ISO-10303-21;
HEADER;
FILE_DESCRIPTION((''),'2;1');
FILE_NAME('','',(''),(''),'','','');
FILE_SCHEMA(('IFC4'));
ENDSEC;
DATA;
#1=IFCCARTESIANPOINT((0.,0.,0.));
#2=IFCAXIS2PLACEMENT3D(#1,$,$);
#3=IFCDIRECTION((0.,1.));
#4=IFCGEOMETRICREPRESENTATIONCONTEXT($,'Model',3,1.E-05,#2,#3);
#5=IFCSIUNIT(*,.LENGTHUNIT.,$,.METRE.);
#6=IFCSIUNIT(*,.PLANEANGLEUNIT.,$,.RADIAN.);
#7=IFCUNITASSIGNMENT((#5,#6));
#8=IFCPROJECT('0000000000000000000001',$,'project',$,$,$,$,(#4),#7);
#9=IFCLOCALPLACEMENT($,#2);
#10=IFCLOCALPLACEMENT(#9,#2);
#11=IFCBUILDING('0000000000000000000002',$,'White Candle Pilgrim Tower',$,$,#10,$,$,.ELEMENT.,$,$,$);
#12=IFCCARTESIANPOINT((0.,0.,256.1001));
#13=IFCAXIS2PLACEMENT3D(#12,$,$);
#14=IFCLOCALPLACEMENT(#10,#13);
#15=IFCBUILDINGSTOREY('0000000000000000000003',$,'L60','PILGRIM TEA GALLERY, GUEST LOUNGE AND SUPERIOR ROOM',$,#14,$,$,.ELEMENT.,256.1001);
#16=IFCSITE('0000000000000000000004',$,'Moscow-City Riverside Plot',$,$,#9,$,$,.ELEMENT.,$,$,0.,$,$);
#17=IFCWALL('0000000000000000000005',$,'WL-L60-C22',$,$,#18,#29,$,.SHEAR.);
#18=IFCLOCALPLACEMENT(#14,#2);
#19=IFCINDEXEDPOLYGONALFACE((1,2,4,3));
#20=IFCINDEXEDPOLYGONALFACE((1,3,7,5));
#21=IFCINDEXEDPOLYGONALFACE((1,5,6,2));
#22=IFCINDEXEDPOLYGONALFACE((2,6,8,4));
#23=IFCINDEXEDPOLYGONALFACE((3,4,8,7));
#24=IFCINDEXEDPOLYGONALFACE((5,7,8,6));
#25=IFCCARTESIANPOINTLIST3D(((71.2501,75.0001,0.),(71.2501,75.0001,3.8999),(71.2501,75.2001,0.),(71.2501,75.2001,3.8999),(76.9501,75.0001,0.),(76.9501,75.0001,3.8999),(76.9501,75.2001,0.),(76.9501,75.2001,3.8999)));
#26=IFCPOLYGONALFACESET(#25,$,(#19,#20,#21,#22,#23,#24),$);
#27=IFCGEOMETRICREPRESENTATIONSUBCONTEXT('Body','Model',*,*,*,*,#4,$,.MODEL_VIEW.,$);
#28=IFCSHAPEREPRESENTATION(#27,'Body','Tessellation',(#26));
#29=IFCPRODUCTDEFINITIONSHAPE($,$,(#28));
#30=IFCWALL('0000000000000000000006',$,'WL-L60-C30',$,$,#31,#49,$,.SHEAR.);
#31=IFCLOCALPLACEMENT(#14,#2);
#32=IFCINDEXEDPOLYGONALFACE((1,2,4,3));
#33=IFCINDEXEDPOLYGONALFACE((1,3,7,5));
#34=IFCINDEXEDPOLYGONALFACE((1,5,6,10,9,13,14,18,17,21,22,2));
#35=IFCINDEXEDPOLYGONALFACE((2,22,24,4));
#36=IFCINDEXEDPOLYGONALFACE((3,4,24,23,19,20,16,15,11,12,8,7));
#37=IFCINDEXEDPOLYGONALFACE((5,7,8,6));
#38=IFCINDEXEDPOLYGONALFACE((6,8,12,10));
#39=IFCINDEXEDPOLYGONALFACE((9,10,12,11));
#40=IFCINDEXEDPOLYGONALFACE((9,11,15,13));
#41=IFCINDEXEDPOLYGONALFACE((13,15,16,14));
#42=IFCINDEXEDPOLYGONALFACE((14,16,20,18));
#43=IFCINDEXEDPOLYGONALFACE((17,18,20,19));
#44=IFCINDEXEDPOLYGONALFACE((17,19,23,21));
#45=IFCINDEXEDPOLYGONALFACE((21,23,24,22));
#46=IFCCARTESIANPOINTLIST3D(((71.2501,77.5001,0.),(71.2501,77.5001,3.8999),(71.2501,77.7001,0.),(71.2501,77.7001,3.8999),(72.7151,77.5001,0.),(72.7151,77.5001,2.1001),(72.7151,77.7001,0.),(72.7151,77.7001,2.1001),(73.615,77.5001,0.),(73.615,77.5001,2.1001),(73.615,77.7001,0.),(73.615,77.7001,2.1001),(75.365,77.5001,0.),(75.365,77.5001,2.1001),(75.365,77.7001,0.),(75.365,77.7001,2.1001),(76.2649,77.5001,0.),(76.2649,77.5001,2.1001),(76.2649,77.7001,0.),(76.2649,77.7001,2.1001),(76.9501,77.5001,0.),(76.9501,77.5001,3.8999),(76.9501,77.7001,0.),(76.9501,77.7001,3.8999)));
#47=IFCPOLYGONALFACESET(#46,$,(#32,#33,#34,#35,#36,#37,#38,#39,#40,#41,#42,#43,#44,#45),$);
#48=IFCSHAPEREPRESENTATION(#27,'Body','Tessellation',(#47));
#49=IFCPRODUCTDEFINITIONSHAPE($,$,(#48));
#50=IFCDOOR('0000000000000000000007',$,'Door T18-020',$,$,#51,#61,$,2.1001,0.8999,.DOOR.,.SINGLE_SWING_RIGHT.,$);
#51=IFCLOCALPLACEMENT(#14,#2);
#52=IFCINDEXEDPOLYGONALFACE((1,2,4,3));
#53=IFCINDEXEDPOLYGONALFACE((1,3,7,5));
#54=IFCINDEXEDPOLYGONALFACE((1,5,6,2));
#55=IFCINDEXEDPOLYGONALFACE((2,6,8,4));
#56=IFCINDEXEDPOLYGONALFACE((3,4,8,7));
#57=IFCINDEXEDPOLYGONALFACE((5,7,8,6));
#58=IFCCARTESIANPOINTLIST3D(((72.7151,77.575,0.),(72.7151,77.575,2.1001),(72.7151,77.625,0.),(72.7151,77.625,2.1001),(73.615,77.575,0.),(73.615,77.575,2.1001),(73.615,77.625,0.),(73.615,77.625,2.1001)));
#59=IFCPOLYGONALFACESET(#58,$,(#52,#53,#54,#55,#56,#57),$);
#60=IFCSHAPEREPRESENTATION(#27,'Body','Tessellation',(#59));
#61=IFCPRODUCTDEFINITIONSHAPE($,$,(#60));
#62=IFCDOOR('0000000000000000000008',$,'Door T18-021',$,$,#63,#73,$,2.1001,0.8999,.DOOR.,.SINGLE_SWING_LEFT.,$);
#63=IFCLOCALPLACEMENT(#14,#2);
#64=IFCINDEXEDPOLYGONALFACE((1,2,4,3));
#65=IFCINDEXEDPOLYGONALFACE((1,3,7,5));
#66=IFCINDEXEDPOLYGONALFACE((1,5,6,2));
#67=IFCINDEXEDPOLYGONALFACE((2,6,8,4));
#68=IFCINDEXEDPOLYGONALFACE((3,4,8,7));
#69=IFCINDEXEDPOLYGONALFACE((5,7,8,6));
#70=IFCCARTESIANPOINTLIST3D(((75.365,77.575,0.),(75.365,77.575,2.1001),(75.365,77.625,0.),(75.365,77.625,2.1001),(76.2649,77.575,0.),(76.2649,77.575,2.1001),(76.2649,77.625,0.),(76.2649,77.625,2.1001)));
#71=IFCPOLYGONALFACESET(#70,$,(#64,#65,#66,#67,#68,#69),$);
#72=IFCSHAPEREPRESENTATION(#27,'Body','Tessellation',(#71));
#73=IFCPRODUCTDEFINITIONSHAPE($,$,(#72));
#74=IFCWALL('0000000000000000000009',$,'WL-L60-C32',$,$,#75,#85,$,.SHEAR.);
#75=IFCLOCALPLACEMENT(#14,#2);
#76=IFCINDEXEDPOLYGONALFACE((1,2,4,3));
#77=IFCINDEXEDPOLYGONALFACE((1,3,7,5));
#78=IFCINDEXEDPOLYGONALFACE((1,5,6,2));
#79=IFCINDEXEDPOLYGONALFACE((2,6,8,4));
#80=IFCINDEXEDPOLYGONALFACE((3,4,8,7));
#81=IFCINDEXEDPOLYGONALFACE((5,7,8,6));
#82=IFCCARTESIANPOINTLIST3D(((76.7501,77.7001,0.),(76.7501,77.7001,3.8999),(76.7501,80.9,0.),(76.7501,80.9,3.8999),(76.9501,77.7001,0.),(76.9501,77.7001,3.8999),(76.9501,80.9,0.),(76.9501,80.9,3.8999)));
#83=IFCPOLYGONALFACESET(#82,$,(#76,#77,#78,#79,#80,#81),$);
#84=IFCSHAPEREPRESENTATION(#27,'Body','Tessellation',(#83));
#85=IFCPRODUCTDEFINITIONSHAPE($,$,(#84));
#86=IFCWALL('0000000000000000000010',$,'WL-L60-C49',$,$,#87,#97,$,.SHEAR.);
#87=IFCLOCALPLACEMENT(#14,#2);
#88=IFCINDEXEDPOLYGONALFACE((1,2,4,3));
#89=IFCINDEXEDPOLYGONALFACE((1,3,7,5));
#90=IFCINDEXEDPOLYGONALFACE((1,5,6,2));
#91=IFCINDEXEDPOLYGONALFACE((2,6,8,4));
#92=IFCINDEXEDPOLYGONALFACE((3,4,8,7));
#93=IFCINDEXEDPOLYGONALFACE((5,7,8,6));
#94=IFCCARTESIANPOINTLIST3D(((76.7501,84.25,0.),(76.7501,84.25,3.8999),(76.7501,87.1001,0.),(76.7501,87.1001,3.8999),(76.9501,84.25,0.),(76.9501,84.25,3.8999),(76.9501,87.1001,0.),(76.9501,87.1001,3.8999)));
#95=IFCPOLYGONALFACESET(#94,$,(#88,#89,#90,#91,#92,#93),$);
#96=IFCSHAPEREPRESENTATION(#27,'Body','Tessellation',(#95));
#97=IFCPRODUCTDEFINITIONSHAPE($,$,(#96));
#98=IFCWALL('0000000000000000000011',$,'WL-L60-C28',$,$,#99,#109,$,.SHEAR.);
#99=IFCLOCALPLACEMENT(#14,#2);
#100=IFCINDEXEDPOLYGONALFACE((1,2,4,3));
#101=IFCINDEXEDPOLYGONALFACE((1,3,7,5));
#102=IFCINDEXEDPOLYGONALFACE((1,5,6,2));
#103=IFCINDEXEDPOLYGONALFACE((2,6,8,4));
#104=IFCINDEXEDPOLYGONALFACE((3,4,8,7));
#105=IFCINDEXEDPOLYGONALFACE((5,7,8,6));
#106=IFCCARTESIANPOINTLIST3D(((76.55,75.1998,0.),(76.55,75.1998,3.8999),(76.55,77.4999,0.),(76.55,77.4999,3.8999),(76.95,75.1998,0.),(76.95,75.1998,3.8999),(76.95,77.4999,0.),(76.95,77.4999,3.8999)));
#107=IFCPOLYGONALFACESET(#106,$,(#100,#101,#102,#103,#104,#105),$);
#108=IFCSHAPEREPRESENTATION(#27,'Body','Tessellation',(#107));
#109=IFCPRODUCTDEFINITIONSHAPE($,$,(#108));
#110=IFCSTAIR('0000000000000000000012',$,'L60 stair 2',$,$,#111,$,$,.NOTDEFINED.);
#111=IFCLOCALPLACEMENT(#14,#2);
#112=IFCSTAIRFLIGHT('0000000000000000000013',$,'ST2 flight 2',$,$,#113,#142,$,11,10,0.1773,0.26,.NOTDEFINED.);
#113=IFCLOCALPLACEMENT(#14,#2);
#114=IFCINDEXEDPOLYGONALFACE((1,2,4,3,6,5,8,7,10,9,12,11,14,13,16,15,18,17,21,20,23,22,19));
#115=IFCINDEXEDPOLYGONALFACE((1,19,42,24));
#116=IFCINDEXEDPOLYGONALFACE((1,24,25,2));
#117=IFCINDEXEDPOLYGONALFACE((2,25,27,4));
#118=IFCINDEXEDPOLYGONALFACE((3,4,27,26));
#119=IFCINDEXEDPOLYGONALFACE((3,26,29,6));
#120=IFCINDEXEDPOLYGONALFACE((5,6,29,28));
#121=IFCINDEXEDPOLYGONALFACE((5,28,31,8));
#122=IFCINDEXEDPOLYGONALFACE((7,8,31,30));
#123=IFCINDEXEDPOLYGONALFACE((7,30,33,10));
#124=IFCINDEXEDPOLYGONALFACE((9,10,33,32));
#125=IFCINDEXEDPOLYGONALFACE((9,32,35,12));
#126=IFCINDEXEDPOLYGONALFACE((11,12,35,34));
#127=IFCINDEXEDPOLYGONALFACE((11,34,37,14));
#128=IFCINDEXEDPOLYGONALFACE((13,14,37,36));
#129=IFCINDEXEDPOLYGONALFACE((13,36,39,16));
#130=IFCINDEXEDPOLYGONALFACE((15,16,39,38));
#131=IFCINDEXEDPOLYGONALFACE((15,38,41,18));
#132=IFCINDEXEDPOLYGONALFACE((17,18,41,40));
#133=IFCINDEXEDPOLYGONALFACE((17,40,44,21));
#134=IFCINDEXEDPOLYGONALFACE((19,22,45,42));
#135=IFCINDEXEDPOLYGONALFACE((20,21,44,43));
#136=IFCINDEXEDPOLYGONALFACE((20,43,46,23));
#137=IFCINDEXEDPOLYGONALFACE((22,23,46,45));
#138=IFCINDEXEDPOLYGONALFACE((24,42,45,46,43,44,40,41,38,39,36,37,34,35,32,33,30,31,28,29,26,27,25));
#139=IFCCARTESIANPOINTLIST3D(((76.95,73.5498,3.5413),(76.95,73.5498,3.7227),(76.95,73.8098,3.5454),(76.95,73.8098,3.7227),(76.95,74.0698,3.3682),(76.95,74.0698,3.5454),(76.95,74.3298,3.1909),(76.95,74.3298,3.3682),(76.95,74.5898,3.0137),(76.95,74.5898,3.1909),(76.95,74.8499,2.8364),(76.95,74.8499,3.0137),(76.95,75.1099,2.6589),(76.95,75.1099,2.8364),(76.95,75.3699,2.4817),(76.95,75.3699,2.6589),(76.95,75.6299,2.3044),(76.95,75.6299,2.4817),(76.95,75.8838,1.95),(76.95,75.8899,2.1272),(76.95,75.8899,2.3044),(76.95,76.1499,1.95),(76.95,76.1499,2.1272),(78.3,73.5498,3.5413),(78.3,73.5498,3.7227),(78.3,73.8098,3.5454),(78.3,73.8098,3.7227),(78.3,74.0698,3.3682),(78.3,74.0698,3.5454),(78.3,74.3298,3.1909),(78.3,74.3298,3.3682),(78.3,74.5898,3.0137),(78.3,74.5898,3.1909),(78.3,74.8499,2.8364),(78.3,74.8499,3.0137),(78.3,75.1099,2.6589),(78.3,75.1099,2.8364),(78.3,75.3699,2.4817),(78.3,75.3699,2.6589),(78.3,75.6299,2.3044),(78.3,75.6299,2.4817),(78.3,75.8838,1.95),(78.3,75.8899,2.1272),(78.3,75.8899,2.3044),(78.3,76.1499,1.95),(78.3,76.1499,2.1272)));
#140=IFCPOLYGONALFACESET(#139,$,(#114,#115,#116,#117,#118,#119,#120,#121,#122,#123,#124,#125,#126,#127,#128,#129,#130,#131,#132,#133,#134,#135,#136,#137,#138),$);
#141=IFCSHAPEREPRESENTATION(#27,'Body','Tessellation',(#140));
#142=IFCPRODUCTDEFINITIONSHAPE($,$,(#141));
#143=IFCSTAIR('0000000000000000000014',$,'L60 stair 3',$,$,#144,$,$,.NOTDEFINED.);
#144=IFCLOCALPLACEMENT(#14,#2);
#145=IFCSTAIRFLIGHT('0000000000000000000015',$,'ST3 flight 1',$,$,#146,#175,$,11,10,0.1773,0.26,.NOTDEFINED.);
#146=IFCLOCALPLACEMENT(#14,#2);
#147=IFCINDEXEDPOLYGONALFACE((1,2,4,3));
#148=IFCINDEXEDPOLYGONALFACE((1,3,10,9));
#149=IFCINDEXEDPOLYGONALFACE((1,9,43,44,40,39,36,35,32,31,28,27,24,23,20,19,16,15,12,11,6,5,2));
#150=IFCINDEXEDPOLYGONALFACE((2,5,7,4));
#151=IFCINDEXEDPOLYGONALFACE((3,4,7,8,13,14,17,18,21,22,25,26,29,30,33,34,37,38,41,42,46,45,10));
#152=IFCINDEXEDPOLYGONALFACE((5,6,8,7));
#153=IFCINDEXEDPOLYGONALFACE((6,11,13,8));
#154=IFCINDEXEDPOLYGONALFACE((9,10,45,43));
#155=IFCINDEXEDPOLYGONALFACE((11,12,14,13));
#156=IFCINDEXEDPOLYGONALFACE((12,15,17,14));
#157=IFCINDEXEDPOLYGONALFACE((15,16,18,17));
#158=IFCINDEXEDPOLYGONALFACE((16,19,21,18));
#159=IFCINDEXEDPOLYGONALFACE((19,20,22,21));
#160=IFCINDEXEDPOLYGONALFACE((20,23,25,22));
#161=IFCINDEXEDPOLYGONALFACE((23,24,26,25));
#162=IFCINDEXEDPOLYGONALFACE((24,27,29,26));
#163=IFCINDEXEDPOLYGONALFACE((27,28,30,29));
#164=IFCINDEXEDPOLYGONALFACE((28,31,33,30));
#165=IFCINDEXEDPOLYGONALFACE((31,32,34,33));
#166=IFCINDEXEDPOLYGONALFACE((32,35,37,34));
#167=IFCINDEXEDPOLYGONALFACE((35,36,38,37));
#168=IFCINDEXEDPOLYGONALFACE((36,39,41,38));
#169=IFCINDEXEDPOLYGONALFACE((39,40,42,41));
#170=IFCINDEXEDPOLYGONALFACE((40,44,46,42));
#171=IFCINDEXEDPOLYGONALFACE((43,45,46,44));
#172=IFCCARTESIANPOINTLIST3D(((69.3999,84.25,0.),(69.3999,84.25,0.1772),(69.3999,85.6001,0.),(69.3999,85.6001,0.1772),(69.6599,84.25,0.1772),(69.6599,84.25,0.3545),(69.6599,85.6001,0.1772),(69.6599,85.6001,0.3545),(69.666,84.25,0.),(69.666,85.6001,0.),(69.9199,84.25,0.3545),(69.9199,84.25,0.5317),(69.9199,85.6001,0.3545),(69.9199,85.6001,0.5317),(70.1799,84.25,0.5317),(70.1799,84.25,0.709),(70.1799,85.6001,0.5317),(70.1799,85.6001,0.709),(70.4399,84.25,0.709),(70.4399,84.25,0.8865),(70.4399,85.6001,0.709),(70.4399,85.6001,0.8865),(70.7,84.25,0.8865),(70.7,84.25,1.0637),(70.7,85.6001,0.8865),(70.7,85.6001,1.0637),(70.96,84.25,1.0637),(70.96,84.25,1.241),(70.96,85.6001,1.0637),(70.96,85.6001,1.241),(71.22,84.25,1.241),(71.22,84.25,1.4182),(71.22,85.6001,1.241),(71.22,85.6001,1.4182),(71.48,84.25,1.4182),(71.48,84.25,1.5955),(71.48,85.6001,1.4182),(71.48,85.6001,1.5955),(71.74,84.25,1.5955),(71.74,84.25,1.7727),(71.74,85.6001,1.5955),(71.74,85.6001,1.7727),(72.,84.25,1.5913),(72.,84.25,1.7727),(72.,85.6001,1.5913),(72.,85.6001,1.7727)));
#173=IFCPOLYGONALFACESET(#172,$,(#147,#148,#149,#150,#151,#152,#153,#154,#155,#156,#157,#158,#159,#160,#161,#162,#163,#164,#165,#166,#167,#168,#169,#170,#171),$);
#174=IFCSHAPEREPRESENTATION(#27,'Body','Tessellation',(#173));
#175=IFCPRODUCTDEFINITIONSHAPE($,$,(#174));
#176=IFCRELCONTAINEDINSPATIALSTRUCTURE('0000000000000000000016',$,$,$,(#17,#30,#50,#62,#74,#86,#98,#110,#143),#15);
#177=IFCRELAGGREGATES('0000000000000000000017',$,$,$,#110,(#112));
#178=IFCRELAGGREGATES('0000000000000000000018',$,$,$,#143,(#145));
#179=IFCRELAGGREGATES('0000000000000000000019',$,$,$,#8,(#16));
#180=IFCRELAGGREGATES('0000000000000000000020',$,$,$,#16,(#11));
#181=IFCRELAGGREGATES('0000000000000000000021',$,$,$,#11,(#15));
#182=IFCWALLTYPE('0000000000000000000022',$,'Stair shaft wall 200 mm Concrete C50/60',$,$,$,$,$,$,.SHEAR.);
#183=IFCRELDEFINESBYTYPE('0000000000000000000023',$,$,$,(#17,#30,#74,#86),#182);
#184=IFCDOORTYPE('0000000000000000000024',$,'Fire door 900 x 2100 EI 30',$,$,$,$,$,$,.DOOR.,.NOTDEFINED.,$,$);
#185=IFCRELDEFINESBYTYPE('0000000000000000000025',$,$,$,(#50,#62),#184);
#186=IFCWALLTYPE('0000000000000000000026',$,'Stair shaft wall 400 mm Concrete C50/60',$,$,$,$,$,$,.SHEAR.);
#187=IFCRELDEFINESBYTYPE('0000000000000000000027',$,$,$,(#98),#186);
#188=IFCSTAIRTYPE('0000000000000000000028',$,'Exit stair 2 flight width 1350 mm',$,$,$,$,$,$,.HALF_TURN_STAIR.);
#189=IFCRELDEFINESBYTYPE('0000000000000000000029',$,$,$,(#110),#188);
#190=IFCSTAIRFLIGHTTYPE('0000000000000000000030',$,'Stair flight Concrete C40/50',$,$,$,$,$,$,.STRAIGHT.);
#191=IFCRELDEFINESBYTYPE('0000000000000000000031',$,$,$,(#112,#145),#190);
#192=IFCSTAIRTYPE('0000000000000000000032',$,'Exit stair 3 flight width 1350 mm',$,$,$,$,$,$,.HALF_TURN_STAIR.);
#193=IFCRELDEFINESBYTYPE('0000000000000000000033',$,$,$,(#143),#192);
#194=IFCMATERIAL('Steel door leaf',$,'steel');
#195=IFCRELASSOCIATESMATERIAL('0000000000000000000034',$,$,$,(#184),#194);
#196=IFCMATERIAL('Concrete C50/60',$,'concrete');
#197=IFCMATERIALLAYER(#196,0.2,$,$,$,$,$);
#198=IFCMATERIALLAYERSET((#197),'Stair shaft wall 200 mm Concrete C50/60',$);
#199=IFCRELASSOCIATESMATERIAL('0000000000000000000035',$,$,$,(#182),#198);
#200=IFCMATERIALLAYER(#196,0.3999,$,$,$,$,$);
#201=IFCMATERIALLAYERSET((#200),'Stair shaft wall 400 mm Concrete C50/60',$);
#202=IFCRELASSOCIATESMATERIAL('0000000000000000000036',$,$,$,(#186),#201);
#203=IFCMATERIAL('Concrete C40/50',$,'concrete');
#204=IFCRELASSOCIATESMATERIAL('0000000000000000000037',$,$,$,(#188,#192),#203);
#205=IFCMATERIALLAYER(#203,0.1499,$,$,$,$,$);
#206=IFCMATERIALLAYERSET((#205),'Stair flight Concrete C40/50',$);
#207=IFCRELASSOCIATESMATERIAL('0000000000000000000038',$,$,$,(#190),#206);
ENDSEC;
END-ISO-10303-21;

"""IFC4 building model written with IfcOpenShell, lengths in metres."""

from ifc_helpers import new_model, si_unit, direction, frame, frame_2d, origin, place, context, subcontext, project, spatial, polyline, rectangle, outline, extrude, material, layer, layer_set, type_object, element, fill, aggregate, save


model = new_model("IFC4")

# Units and contexts
model_context = context("Model", 3, precision=1e-05, world=origin(), true_north=direction((0.0, 1.0)))
body_context = subcontext(model_context, "Body", "Model", "MODEL_VIEW")
ifc_project = project(units=[si_unit("LENGTHUNIT", "METRE"), si_unit("PLANEANGLEUNIT", "RADIAN")], contexts=[model_context])

# Site, building, storey
site_placement = place(None, origin())
site = spatial("IfcSite", under=ifc_project, at=site_placement, Name="Moscow-City Riverside Plot", CompositionType="ELEMENT", RefElevation=0.0)
building_placement = place(site_placement, origin())
building = spatial("IfcBuilding", under=site, at=building_placement, Name="White Candle Pilgrim Tower", CompositionType="ELEMENT")
storey_placement = place(building_placement, frame((0.0, 0.0, 256.1001)))
storey = spatial("IfcBuildingStorey", under=building, at=storey_placement, Name="L60", Description="PILGRIM TEA GALLERY, GUEST LOUNGE AND SUPERIOR ROOM", CompositionType="ELEMENT", Elevation=256.1001)

# Shared definitions
ifc_material_1 = material(Name="Concrete C50/60", Category="concrete")

# Shared definitions
ifc_material_2 = material(Name="Steel door leaf", Category="steel")
door_type = type_object("IfcDoorType", Name="Fire door 900 x 2100 EI 30", OperationType="NOTDEFINED", PredefinedType="DOOR", material=ifc_material_2)

# Wall
ifc_layer_1 = layer(ifc_material_1, 0.2)
ifc_layer_set_1 = layer_set([ifc_layer_1], Name="Stair shaft wall 200 mm Concrete C50/60")
wall_type_1 = type_object("IfcWallType", Name="Stair shaft wall 200 mm Concrete C50/60", PredefinedType="SHEAR", material=ifc_layer_set_1)
wall_1_placement = place(storey_placement, frame((71.25, 75.1001, 0.0), z_axis=(0.0, 0.0, 1.0), x_axis=(1.0, 0.0, 0.0)))
element("IfcWall", 1, at=wall_1_placement, inside=storey, type_object=wall_type_1, Name="WL-L60-C22", PredefinedType="SHEAR", context=body_context, shape_type="SweptSolid", body=[
    extrude(rectangle(XDim=5.7, YDim=0.2, at=frame_2d((2.8501, 0.0))), origin(), (0.0, 0.0, 1.0), 3.8999),
])

# Wall, openings, doors
wall_2_placement = place(storey_placement, frame((71.25, 77.6001, 0.0), z_axis=(0.0, 0.0, 1.0), x_axis=(1.0, 0.0, 0.0)))
wall_2 = element("IfcWall", 2, at=wall_2_placement, inside=storey, type_object=wall_type_1, Name="WL-L60-C30", PredefinedType="SHEAR", context=body_context, shape_type="SweptSolid", body=[
    extrude(rectangle(XDim=5.7, YDim=0.2, at=frame_2d((2.8501, 0.0))), origin(), (0.0, 0.0, 1.0), 3.8999),
])
opening_1_placement = place(wall_2_placement, frame((1.4651, 0.0, 0.0)))
opening_1 = element("IfcOpeningElement", 3, at=opening_1_placement, cuts=wall_2, PredefinedType="OPENING", context=body_context, shape_type="SweptSolid", body=[
    extrude(rectangle(XDim=0.8999, YDim=2.1001, at=frame_2d((0.45, 1.05))), frame((0.0, 0.1099, 0.0), z_axis=(0.0, -1.0, 0.0), x_axis=(1.0, 0.0, 0.0)), (0.0, 0.0, 1.0), 0.22),
])
opening_2_placement = place(wall_2_placement, frame((4.115, 0.0, 0.0)))
opening_2 = element("IfcOpeningElement", 4, at=opening_2_placement, cuts=wall_2, PredefinedType="OPENING", context=body_context, shape_type="SweptSolid", body=[
    extrude(rectangle(XDim=0.8999, YDim=2.1001, at=frame_2d((0.45, 1.05))), frame((0.0, 0.1099, 0.0), z_axis=(0.0, -1.0, 0.0), x_axis=(1.0, 0.0, 0.0)), (0.0, 0.0, 1.0), 0.22),
])
door_1_placement = place(opening_1_placement, origin())
door_1 = element("IfcDoor", 5, at=door_1_placement, inside=storey, type_object=door_type, Name="Door T18-020", OperationType="SINGLE_SWING_RIGHT", OverallHeight=2.1001, OverallWidth=0.8999, PredefinedType="DOOR", context=body_context, shape_type="SweptSolid", body=[
    extrude(rectangle(XDim=0.8999, YDim=2.1001, at=frame_2d((0.45, 1.05))), frame((0.0, 0.0249, 0.0), z_axis=(0.0, -1.0, 0.0), x_axis=(1.0, 0.0, 0.0)), (0.0, 0.0, 1.0), 0.05),
])
fill(opening_1, door_1)
door_2_placement = place(opening_2_placement, origin())
door_2 = element("IfcDoor", 6, at=door_2_placement, inside=storey, type_object=door_type, Name="Door T18-021", OperationType="SINGLE_SWING_LEFT", OverallHeight=2.1001, OverallWidth=0.8999, PredefinedType="DOOR", context=body_context, shape_type="SweptSolid", body=[
    extrude(rectangle(XDim=0.8999, YDim=2.1001, at=frame_2d((0.45, 1.05))), frame((0.0, 0.0249, 0.0), z_axis=(0.0, -1.0, 0.0), x_axis=(1.0, 0.0, 0.0)), (0.0, 0.0, 1.0), 0.05),
])
fill(opening_2, door_2)

# Walls
wall_3_placement = place(storey_placement, frame((76.8501, 77.7, 0.0), z_axis=(0.0, 0.0, 1.0), x_axis=(0.0, 1.0, 0.0)))
element("IfcWall", 7, at=wall_3_placement, inside=storey, type_object=wall_type_1, Name="WL-L60-C32", PredefinedType="SHEAR", context=body_context, shape_type="SweptSolid", body=[
    extrude(rectangle(XDim=3.2, YDim=0.2, at=frame_2d((1.6001, 0.0))), origin(), (0.0, 0.0, 1.0), 3.8999),
])
wall_4_placement = place(storey_placement, frame((76.8501, 84.25, 0.0), z_axis=(0.0, 0.0, 1.0), x_axis=(0.0, 1.0, 0.0)))
element("IfcWall", 8, at=wall_4_placement, inside=storey, type_object=wall_type_1, Name="WL-L60-C49", PredefinedType="SHEAR", context=body_context, shape_type="SweptSolid", body=[
    extrude(rectangle(XDim=2.8501, YDim=0.2, at=frame_2d((1.425, 0.0))), origin(), (0.0, 0.0, 1.0), 3.8999),
])
ifc_layer_2 = layer(ifc_material_1, 0.3999)
ifc_layer_set_2 = layer_set([ifc_layer_2], Name="Stair shaft wall 400 mm Concrete C50/60")
wall_type_2 = type_object("IfcWallType", Name="Stair shaft wall 400 mm Concrete C50/60", PredefinedType="SHEAR", material=ifc_layer_set_2)
wall_5_placement = place(storey_placement, frame((76.75, 75.2, 0.0), z_axis=(0.0, 0.0, 1.0), x_axis=(0.0, 1.0, 0.0)))
element("IfcWall", 9, at=wall_5_placement, inside=storey, type_object=wall_type_2, Name="WL-L60-C28", PredefinedType="SHEAR", context=body_context, shape_type="SweptSolid", body=[
    extrude(rectangle(XDim=2.3, YDim=0.3999, at=frame_2d((1.1499, 0.0))), origin(), (0.0, 0.0, 1.0), 3.8999),
])

# Stair, stair flight
ifc_material_3 = material(Name="Concrete C40/50", Category="concrete")
stair_type_1 = type_object("IfcStairType", Name="Exit stair 2 flight width 1350 mm", PredefinedType="HALF_TURN_STAIR", material=ifc_material_3)
stair_1_placement = place(storey_placement, origin())
stair_1 = element("IfcStair", 10, at=stair_1_placement, inside=storey, type_object=stair_type_1, Name="L60 stair 2", PredefinedType="NOTDEFINED")
ifc_layer_3 = layer(ifc_material_3, 0.1499)
ifc_layer_set_3 = layer_set([ifc_layer_3], Name="Stair flight Concrete C40/50")
stair_flight_type = type_object("IfcStairFlightType", Name="Stair flight Concrete C40/50", PredefinedType="STRAIGHT", material=ifc_layer_set_3)
stair_flight_1_placement = place(storey_placement, frame((77.625, 76.1499, 1.95), z_axis=(0.0, 0.0, 1.0), x_axis=(0.0, -1.0, 0.0)))
stair_flight_1 = element("IfcStairFlight", 11, at=stair_flight_1_placement, type_object=stair_flight_type, Name="ST2 flight 2", NumberOfRisers=11, NumberOfTreads=10, PredefinedType="NOTDEFINED", RiserHeight=0.1773, TreadLength=0.26, context=body_context, shape_type="SweptSolid", body=[
    extrude(outline(polyline([(0.0, 0.0), (0.0, 0.1772), (0.26, 0.1772), (0.26, 0.3545), (0.52, 0.3545), (0.52, 0.5317), (0.78, 0.5317), (0.78, 0.709), (1.04, 0.709), (1.04, 0.8865), (1.3, 0.8865), (1.3, 1.0637), (1.5601, 1.0637), (1.5601, 1.241), (1.8201, 1.241), (1.8201, 1.4182), (2.0801, 1.4182), (2.0801, 1.5955), (2.3401, 1.5955), (2.3401, 1.7727), (2.6001, 1.7727), (2.6001, 1.95), (2.6001, 1.5913), (0.2661, 0.0), (0.0, 0.0)])), frame((0.0, 0.675, 0.0), z_axis=(0.0, -1.0, 0.0), x_axis=(1.0, 0.0, 0.0)), (0.0, 0.0, 1.0), 1.3501),
])
aggregate(stair_1, [stair_flight_1])

# Stair, stair flight
stair_type_2 = type_object("IfcStairType", Name="Exit stair 3 flight width 1350 mm", PredefinedType="HALF_TURN_STAIR", material=ifc_material_3)
stair_2_placement = place(storey_placement, origin())
stair_2 = element("IfcStair", 12, at=stair_2_placement, inside=storey, type_object=stair_type_2, Name="L60 stair 3", PredefinedType="NOTDEFINED")
stair_flight_2_placement = place(storey_placement, frame((69.3999, 84.925, 0.0), z_axis=(0.0, 0.0, 1.0), x_axis=(1.0, 0.0, 0.0)))
stair_flight_2 = element("IfcStairFlight", 13, at=stair_flight_2_placement, type_object=stair_flight_type, Name="ST3 flight 1", NumberOfRisers=11, NumberOfTreads=10, PredefinedType="NOTDEFINED", RiserHeight=0.1773, TreadLength=0.26, context=body_context, shape_type="SweptSolid", body=[
    extrude(outline(polyline([(0.0, 0.0), (0.0, 0.1772), (0.26, 0.1772), (0.26, 0.3545), (0.52, 0.3545), (0.52, 0.5317), (0.78, 0.5317), (0.78, 0.709), (1.04, 0.709), (1.04, 0.8865), (1.3, 0.8865), (1.3, 1.0637), (1.5601, 1.0637), (1.5601, 1.241), (1.8201, 1.241), (1.8201, 1.4182), (2.0801, 1.4182), (2.0801, 1.5955), (2.3401, 1.5955), (2.3401, 1.7727), (2.6001, 1.7727), (2.6001, 1.95), (2.6001, 1.5913), (0.2661, 0.0), (0.0, 0.0)])), frame((0.0, 0.675, 0.0), z_axis=(0.0, -1.0, 0.0), x_axis=(1.0, 0.0, 0.0)), (0.0, 0.0, 1.0), 1.3501),
])
aggregate(stair_2, [stair_flight_2])

save(model, "model.ifc")
